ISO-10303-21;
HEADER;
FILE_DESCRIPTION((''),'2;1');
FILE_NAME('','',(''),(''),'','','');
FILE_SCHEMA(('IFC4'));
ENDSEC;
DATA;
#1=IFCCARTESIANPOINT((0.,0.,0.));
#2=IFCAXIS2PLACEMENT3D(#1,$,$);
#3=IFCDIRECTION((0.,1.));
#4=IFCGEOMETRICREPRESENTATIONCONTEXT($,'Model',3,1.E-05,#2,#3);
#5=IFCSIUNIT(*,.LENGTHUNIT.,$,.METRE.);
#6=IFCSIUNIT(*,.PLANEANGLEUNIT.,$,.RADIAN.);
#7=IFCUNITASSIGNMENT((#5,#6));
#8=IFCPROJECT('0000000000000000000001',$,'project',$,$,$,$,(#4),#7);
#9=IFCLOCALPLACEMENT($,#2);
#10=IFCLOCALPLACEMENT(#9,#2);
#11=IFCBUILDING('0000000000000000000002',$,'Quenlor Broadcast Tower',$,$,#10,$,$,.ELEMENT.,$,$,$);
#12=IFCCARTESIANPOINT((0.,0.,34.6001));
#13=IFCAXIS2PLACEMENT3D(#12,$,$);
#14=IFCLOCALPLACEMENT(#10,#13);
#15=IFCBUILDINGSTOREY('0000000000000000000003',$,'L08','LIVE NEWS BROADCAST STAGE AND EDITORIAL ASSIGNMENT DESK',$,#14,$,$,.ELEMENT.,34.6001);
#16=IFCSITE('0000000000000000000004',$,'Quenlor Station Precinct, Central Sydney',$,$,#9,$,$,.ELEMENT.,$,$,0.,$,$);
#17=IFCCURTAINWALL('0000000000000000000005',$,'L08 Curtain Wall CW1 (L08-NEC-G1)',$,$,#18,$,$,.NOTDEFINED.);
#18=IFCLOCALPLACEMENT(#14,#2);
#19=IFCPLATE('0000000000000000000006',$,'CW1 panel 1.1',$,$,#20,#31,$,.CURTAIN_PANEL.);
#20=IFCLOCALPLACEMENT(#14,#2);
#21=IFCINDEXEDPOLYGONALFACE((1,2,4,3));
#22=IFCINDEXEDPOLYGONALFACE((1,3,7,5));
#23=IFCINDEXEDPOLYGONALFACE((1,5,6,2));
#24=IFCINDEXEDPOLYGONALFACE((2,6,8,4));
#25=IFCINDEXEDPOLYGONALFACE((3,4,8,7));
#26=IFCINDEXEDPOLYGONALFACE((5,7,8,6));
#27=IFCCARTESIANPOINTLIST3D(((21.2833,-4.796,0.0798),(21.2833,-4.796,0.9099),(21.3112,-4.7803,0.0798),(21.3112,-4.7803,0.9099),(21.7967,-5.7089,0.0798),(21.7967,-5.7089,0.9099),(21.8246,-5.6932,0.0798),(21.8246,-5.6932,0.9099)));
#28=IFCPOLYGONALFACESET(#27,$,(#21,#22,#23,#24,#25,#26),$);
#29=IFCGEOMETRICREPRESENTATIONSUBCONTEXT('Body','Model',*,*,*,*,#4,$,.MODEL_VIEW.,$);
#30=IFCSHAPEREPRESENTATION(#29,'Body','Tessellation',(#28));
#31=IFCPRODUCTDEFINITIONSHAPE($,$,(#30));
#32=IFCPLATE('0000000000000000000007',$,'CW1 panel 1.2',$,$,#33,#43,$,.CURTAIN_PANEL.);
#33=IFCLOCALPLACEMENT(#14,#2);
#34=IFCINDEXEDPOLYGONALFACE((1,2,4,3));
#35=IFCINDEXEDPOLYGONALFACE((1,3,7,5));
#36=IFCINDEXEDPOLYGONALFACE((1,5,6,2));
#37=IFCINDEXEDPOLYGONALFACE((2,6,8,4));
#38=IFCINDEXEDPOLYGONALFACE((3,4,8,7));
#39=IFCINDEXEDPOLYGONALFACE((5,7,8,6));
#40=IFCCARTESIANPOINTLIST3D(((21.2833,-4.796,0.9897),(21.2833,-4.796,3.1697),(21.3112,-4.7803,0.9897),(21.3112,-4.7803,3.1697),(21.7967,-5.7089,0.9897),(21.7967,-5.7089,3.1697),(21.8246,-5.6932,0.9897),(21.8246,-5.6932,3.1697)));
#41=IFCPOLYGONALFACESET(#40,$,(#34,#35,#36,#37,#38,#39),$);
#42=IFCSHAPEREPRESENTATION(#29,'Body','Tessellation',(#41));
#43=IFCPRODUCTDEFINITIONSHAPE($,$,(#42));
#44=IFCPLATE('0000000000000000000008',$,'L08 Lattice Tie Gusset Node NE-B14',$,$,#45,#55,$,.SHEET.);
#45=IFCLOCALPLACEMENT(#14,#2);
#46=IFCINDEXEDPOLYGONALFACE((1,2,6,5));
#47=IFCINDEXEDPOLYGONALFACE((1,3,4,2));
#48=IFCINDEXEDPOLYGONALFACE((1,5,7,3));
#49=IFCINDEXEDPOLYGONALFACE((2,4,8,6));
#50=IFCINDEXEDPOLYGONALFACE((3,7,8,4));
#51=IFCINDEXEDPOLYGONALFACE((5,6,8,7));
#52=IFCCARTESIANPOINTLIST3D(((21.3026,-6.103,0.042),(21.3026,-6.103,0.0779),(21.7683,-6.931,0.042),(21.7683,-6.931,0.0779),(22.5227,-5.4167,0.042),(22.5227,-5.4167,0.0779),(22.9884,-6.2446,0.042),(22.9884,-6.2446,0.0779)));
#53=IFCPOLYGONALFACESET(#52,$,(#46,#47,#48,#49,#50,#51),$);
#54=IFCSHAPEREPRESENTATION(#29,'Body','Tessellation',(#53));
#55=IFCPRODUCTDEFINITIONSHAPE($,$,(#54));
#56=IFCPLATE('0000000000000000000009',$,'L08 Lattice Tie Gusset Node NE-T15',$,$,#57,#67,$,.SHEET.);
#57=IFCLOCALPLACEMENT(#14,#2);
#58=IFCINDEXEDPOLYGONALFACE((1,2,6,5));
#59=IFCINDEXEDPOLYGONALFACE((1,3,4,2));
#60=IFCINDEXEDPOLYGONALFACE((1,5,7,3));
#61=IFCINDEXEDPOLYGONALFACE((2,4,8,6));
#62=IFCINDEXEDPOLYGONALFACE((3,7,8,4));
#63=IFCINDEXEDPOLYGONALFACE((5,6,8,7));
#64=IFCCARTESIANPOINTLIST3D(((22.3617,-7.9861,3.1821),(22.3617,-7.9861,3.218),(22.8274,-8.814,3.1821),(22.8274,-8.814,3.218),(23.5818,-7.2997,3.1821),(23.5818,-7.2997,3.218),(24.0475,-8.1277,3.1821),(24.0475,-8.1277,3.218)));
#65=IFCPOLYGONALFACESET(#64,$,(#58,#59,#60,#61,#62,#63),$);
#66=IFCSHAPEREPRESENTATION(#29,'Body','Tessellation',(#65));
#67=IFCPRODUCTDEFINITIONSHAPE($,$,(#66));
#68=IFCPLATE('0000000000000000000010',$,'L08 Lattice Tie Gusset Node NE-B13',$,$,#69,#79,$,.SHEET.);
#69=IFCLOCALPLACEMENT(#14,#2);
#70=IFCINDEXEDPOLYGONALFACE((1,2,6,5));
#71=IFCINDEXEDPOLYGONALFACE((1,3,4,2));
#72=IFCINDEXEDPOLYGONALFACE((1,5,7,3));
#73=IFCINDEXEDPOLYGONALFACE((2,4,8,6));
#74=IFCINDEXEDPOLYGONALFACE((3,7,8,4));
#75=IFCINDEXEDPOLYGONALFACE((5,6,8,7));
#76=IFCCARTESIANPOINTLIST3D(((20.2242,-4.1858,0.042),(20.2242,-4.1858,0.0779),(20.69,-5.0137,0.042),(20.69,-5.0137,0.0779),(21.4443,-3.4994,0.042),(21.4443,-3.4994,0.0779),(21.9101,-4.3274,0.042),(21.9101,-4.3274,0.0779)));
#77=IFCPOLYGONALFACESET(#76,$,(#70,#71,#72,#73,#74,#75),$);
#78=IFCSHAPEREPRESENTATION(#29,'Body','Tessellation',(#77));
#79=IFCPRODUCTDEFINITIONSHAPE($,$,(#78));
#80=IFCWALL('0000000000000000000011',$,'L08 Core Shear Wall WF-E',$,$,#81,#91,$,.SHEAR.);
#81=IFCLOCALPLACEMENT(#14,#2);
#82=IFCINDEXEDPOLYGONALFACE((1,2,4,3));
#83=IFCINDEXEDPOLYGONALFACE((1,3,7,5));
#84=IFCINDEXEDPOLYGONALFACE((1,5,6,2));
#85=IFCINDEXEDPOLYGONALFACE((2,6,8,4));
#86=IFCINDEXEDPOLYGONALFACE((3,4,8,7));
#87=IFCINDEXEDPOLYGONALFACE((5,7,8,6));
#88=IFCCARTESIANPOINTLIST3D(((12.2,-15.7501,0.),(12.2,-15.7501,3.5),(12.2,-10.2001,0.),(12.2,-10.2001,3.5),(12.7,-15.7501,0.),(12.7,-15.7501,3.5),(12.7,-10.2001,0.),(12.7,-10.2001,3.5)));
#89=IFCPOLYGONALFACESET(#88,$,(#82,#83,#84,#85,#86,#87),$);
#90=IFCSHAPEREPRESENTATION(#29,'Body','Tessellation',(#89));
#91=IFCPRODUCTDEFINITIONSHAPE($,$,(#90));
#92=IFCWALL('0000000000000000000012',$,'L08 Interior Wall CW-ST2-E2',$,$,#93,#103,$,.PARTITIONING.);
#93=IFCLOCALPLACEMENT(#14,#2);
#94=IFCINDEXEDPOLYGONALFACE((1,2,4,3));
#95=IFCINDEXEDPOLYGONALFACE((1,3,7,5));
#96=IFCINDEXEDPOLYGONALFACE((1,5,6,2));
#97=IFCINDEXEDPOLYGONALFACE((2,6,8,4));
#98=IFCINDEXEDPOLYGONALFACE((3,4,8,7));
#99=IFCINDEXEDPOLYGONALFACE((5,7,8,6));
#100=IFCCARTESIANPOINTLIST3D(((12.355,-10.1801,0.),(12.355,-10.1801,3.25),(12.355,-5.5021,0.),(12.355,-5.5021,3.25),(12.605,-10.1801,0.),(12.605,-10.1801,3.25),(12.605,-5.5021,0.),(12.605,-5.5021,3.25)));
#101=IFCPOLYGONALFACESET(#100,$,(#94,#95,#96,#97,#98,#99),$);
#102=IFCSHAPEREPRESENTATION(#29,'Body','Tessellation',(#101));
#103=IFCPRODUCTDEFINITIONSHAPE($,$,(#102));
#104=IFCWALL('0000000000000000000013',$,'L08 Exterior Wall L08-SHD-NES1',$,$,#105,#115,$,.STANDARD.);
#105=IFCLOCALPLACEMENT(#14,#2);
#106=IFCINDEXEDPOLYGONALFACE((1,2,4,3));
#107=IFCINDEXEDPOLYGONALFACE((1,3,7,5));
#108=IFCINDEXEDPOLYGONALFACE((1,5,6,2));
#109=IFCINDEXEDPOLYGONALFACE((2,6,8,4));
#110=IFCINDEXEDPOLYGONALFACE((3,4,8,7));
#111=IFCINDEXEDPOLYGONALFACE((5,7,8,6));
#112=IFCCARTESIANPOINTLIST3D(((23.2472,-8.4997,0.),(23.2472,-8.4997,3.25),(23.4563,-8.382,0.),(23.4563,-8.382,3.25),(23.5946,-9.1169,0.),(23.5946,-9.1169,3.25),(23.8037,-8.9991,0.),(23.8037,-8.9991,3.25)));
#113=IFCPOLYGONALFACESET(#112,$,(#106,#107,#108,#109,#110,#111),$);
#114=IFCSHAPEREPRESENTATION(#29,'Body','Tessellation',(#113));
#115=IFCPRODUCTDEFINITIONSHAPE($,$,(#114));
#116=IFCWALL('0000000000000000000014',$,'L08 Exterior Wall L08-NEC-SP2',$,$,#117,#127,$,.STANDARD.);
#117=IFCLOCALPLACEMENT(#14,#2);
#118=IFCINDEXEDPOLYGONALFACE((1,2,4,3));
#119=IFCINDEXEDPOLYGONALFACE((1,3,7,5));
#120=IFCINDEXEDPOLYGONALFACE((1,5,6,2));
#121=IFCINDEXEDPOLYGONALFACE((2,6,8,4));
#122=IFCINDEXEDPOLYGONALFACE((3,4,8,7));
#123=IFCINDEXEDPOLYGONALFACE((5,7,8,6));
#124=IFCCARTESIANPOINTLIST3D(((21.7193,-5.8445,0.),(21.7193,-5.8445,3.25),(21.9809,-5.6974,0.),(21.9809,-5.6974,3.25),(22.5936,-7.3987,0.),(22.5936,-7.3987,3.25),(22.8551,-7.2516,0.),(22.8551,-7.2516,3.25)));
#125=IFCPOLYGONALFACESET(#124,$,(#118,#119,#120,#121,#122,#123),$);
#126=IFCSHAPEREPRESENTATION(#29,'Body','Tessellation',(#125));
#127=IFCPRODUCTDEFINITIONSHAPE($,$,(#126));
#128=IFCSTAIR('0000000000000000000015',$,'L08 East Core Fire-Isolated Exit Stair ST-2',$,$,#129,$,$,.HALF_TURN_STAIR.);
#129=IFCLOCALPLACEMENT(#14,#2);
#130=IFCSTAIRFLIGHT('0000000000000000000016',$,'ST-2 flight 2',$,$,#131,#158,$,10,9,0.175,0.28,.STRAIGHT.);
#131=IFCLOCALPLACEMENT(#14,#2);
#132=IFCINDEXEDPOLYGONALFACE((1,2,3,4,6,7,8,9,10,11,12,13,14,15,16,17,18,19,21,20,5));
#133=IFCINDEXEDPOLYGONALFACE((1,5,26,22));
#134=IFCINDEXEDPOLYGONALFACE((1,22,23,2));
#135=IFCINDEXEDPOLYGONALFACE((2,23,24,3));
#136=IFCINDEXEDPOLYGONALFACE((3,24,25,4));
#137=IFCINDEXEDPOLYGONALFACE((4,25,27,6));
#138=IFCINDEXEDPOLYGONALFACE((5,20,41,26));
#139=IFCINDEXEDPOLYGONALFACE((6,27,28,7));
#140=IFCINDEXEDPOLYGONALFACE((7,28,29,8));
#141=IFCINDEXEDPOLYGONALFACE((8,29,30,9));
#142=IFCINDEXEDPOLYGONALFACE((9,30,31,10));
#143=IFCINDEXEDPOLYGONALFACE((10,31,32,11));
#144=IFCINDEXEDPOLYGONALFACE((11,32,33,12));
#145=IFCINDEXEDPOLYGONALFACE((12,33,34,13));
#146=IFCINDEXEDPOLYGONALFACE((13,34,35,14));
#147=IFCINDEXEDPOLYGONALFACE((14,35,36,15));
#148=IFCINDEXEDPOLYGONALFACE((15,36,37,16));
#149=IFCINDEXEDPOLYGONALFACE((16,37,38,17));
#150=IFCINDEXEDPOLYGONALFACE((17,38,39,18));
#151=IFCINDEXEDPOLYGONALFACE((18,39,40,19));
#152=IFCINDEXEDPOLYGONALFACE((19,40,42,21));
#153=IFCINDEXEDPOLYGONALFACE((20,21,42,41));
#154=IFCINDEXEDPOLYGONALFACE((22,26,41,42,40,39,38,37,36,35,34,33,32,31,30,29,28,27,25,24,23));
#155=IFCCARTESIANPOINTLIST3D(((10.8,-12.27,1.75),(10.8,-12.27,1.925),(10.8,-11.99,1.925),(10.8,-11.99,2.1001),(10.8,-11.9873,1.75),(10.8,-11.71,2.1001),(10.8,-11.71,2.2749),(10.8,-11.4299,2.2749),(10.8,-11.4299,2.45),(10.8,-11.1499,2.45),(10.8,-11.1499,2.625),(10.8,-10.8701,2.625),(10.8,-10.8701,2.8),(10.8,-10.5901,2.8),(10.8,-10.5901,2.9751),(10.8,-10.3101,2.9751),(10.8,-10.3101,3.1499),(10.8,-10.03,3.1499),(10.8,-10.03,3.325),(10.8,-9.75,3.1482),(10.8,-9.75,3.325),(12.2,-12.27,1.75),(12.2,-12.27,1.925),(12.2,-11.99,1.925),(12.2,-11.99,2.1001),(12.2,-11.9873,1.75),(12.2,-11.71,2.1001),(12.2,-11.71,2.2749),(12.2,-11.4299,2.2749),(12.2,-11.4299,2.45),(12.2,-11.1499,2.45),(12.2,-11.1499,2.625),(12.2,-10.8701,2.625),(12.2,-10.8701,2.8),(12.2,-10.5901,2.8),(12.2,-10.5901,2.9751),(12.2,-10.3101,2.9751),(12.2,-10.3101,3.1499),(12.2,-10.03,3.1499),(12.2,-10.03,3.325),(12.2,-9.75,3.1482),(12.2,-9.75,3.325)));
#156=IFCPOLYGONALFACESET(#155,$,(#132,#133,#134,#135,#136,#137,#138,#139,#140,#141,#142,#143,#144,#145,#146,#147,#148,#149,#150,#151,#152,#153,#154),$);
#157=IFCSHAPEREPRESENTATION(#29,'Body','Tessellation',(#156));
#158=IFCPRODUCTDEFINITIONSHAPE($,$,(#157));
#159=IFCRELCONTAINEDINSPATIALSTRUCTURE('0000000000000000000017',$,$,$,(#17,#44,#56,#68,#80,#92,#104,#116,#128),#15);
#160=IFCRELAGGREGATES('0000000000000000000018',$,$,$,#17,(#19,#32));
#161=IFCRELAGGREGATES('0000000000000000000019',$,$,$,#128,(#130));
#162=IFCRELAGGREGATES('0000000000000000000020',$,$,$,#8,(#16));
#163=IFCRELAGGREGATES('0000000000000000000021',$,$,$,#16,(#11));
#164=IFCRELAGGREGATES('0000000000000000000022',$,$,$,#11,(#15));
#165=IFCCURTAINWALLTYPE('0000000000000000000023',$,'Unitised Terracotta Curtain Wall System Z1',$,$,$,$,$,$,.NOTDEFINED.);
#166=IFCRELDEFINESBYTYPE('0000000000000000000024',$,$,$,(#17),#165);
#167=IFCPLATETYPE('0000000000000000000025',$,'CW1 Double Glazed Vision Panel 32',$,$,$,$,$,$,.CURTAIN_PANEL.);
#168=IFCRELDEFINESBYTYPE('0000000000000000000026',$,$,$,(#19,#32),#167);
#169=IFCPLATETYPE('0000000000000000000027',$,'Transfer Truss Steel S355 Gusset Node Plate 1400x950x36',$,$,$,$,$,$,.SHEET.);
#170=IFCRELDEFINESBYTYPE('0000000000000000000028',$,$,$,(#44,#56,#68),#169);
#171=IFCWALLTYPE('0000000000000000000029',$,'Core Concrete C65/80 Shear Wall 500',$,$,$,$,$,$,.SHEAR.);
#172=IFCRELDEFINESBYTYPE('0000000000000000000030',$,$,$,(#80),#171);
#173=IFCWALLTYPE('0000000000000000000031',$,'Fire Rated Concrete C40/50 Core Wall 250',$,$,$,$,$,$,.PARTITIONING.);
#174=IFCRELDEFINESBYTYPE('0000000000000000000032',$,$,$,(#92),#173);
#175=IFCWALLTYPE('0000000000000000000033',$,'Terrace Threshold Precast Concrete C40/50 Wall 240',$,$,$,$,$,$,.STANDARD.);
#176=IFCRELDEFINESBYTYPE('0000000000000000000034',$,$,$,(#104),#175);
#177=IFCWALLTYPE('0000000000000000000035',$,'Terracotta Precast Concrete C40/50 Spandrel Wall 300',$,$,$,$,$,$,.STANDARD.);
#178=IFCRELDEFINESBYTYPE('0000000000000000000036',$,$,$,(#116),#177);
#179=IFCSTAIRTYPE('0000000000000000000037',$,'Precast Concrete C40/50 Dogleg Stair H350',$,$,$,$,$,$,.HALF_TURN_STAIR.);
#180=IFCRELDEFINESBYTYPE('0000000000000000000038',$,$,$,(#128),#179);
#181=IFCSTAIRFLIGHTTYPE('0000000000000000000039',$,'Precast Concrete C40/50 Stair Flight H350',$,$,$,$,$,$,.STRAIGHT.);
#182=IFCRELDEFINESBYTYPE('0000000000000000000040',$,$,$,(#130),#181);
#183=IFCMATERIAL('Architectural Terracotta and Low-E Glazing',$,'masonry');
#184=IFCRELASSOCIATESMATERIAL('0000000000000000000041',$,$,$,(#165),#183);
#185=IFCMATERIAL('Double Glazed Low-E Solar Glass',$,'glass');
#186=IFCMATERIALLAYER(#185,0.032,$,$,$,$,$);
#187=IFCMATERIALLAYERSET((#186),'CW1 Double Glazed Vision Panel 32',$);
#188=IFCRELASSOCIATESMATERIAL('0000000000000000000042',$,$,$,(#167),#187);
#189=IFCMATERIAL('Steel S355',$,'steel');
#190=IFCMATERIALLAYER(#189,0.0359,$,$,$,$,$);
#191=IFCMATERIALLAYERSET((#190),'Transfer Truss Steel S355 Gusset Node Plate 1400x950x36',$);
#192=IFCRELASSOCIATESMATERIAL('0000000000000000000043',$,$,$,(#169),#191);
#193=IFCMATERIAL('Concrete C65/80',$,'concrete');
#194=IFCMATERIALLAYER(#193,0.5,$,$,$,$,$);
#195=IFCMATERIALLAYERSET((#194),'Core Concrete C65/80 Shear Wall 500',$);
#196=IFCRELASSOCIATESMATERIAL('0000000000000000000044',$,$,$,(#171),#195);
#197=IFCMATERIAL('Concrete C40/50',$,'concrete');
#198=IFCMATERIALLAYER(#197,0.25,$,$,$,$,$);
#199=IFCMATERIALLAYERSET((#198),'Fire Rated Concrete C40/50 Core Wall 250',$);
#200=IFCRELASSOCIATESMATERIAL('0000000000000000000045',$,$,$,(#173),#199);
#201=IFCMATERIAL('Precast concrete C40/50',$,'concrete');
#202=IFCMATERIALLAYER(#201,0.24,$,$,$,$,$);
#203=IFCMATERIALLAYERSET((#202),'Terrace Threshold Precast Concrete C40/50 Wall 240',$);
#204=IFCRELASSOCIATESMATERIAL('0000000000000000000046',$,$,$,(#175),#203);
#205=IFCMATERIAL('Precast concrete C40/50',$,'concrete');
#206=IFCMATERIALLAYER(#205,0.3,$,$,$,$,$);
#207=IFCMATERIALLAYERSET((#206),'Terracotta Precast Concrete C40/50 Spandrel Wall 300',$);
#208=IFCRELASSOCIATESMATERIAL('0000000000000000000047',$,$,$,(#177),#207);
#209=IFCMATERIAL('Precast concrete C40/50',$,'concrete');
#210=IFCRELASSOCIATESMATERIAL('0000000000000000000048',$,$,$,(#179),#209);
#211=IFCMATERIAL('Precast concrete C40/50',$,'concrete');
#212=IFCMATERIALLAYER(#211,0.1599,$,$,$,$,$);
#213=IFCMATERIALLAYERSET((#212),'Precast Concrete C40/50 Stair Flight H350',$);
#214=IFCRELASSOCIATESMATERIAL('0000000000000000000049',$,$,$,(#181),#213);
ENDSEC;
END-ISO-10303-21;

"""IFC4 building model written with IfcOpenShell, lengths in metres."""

from ifc_helpers import new_model, si_unit, direction, frame, frame_2d, origin, origin_2d, place, context, subcontext, project, spatial, polyline, rectangle, outline, extrude, material, layer, layer_set, type_object, element, aggregate, save


model = new_model("IFC4")

# Units and contexts
model_context = context("Model", 3, precision=1e-05, world=origin(), true_north=direction((0.0, 1.0)))
body_context = subcontext(model_context, "Body", "Model", "MODEL_VIEW")
ifc_project = project(units=[si_unit("LENGTHUNIT", "METRE"), si_unit("PLANEANGLEUNIT", "RADIAN")], contexts=[model_context])

# Site, building, storey
site_placement = place(None, origin())
site = spatial("IfcSite", under=ifc_project, at=site_placement, Name="Quenlor Station Precinct, Central Sydney", CompositionType="ELEMENT", RefElevation=0.0)
building_placement = place(site_placement, origin())
building = spatial("IfcBuilding", under=site, at=building_placement, Name="Quenlor Broadcast Tower", CompositionType="ELEMENT")
storey_placement = place(building_placement, frame((0.0, 0.0, 34.6001)))
storey = spatial("IfcBuildingStorey", under=building, at=storey_placement, Name="L08", Description="LIVE NEWS BROADCAST STAGE AND EDITORIAL ASSIGNMENT DESK", CompositionType="ELEMENT", Elevation=34.6001)

# Curtain wall
ifc_material_1 = material(Name="Architectural Terracotta and Low-E Glazing", Category="masonry")
curtain_wall_type = type_object("IfcCurtainWallType", Name="Unitised Terracotta Curtain Wall System Z1", PredefinedType="NOTDEFINED", material=ifc_material_1)
curtain_wall_placement = place(storey_placement, origin())
curtain_wall = element("IfcCurtainWall", 1, at=curtain_wall_placement, inside=storey, type_object=curtain_wall_type, Name="L08 Curtain Wall CW1 (L08-NEC-G1)", PredefinedType="NOTDEFINED")

# Plates
ifc_material_2 = material(Name="Double Glazed Low-E Solar Glass", Category="glass")
ifc_layer_1 = layer(ifc_material_2, 0.032)
ifc_layer_set_1 = layer_set([ifc_layer_1], Name="CW1 Double Glazed Vision Panel 32")
plate_type_1 = type_object("IfcPlateType", Name="CW1 Double Glazed Vision Panel 32", PredefinedType="CURTAIN_PANEL", material=ifc_layer_set_1)
plate_1_placement = place(storey_placement, frame((21.554, -5.2446, 0.0798), z_axis=(0.0, 0.0, 1.0), x_axis=(0.490214, -0.871602, 0.0)))
plate_1 = element("IfcPlate", 2, at=plate_1_placement, type_object=plate_type_1, Name="CW1 panel 1.1", PredefinedType="CURTAIN_PANEL", context=body_context, shape_type="SweptSolid", body=[
    extrude(rectangle(XDim=1.0474, YDim=0.032, at=origin_2d()), origin(), (0.0, 0.0, 1.0), 0.8301),
])
plate_2_placement = place(storey_placement, frame((21.554, -5.2446, 0.9897), z_axis=(0.0, 0.0, 1.0), x_axis=(0.490214, -0.871602, 0.0)))
plate_2 = element("IfcPlate", 3, at=plate_2_placement, type_object=plate_type_1, Name="CW1 panel 1.2", PredefinedType="CURTAIN_PANEL", context=body_context, shape_type="SweptSolid", body=[
    extrude(rectangle(XDim=1.0474, YDim=0.032, at=origin_2d()), origin(), (0.0, 0.0, 1.0), 2.1799),
])
aggregate(curtain_wall, [plate_1, plate_2])

# Plates
ifc_material_3 = material(Name="Steel S355", Category="steel")
ifc_layer_2 = layer(ifc_material_3, 0.0359)
ifc_layer_set_2 = layer_set([ifc_layer_2], Name="Transfer Truss Steel S355 Gusset Node Plate 1400x950x36")
plate_type_2 = type_object("IfcPlateType", Name="Transfer Truss Steel S355 Gusset Node Plate 1400x950x36", PredefinedType="SHEET", material=ifc_layer_set_2)
for number, where, z_axis, x_axis, name in (
    (4, (22.1455, -6.1738, 0.042), (0.0, 0.0, 1.0), (0.871556, 0.490295, 0.0), "L08 Lattice Tie Gusset Node NE-B14"),
    (5, (23.2046, -8.0569, 3.1821), (0.0, 0.0, 1.0), (0.871556, 0.490295, 0.0), "L08 Lattice Tie Gusset Node NE-T15"),
    (6, (21.0671, -4.2566, 0.042), (0.0, 0.0, 1.0), (0.871556, 0.490295, 0.0), "L08 Lattice Tie Gusset Node NE-B13"),
):
    element("IfcPlate", number, at=place(storey_placement, frame(where, z_axis=z_axis, x_axis=x_axis)), inside=storey, type_object=plate_type_2, Name=name, PredefinedType="SHEET", context=body_context, shape_type="SweptSolid", body=[
        extrude(rectangle(XDim=1.3999, YDim=0.95, at=origin_2d()), origin(), (0.0, 0.0, 1.0), 0.0359),
    ])

# Walls
ifc_material_4 = material(Name="Concrete C65/80", Category="concrete")
ifc_layer_3 = layer(ifc_material_4, 0.5)
ifc_layer_set_3 = layer_set([ifc_layer_3], Name="Core Concrete C65/80 Shear Wall 500")
wall_type_1 = type_object("IfcWallType", Name="Core Concrete C65/80 Shear Wall 500", PredefinedType="SHEAR", material=ifc_layer_set_3)
wall_1_placement = place(storey_placement, frame((12.45, -15.75, 0.0), z_axis=(0.0, 0.0, 1.0), x_axis=(0.0, 1.0, 0.0)))
element("IfcWall", 7, at=wall_1_placement, inside=storey, type_object=wall_type_1, Name="L08 Core Shear Wall WF-E", PredefinedType="SHEAR", context=body_context, shape_type="SweptSolid", body=[
    extrude(rectangle(XDim=5.55, YDim=0.5, at=frame_2d((2.7749, 0.0))), origin(), (0.0, 0.0, 1.0), 3.5),
])
ifc_material_5 = material(Name="Concrete C40/50", Category="concrete")
ifc_layer_4 = layer(ifc_material_5, 0.25)
ifc_layer_set_4 = layer_set([ifc_layer_4], Name="Fire Rated Concrete C40/50 Core Wall 250")
wall_type_2 = type_object("IfcWallType", Name="Fire Rated Concrete C40/50 Core Wall 250", PredefinedType="PARTITIONING", material=ifc_layer_set_4)
wall_2_placement = place(storey_placement, frame((12.48, -10.1799, 0.0), z_axis=(0.0, 0.0, 1.0), x_axis=(0.0, 1.0, 0.0)))
element("IfcWall", 8, at=wall_2_placement, inside=storey, type_object=wall_type_2, Name="L08 Interior Wall CW-ST2-E2", PredefinedType="PARTITIONING", context=body_context, shape_type="SweptSolid", body=[
    extrude(rectangle(XDim=4.678, YDim=0.25, at=frame_2d((2.3389, 0.0))), origin(), (0.0, 0.0, 1.0), 3.25),
])
ifc_material_6 = material(Name="Precast concrete C40/50", Category="concrete")
ifc_layer_5 = layer(ifc_material_6, 0.24)
ifc_layer_set_5 = layer_set([ifc_layer_5], Name="Terrace Threshold Precast Concrete C40/50 Wall 240")
wall_type_3 = type_object("IfcWallType", Name="Terrace Threshold Precast Concrete C40/50 Wall 240", PredefinedType="STANDARD", material=ifc_layer_set_5)
wall_3_placement = place(storey_placement, frame((23.3518, -8.4409, 0.0), z_axis=(0.0, 0.0, 1.0), x_axis=(0.490523, -0.871428, 0.0)))
element("IfcWall", 9, at=wall_3_placement, inside=storey, type_object=wall_type_3, Name="L08 Exterior Wall L08-SHD-NES1", PredefinedType="STANDARD", context=body_context, shape_type="SweptSolid", body=[
    extrude(rectangle(XDim=0.7083, YDim=0.24, at=frame_2d((0.354, 0.0))), origin(), (0.0, 0.0, 1.0), 3.25),
])
ifc_material_7 = material(Name="Precast concrete C40/50", Category="concrete")
ifc_layer_6 = layer(ifc_material_7, 0.3)
ifc_layer_set_6 = layer_set([ifc_layer_6], Name="Terracotta Precast Concrete C40/50 Spandrel Wall 300")
wall_type_4 = type_object("IfcWallType", Name="Terracotta Precast Concrete C40/50 Spandrel Wall 300", PredefinedType="STANDARD", material=ifc_layer_set_6)
wall_4_placement = place(storey_placement, frame((21.8501, -5.771, 0.0), z_axis=(0.0, 0.0, 1.0), x_axis=(0.490274, -0.871568, 0.0)))
element("IfcWall", 10, at=wall_4_placement, inside=storey, type_object=wall_type_4, Name="L08 Exterior Wall L08-NEC-SP2", PredefinedType="STANDARD", context=body_context, shape_type="SweptSolid", body=[
    extrude(rectangle(XDim=1.7832, YDim=0.3, at=frame_2d((0.8916, 0.0))), origin(), (0.0, 0.0, 1.0), 3.25),
])

# Stair, stair flight
ifc_material_8 = material(Name="Precast concrete C40/50", Category="concrete")
stair_type = type_object("IfcStairType", Name="Precast Concrete C40/50 Dogleg Stair H350", PredefinedType="HALF_TURN_STAIR", material=ifc_material_8)
stair_placement = place(storey_placement, origin())
stair = element("IfcStair", 11, at=stair_placement, inside=storey, type_object=stair_type, Name="L08 East Core Fire-Isolated Exit Stair ST-2", PredefinedType="HALF_TURN_STAIR")
ifc_material_9 = material(Name="Precast concrete C40/50", Category="concrete")
ifc_layer_7 = layer(ifc_material_9, 0.1599)
ifc_layer_set_7 = layer_set([ifc_layer_7], Name="Precast Concrete C40/50 Stair Flight H350")
stair_flight_type = type_object("IfcStairFlightType", Name="Precast Concrete C40/50 Stair Flight H350", PredefinedType="STRAIGHT", material=ifc_layer_set_7)
stair_flight_placement = place(storey_placement, frame((11.5, -12.27, 1.75), z_axis=(0.0, 0.0, 1.0), x_axis=(0.0, 1.0, 0.0)))
stair_flight = element("IfcStairFlight", 12, at=stair_flight_placement, type_object=stair_flight_type, Name="ST-2 flight 2", NumberOfRisers=10, NumberOfTreads=9, PredefinedType="STRAIGHT", RiserHeight=0.175, TreadLength=0.28, context=body_context, shape_type="SweptSolid", body=[
    extrude(outline(polyline([(0.0, 0.0), (0.0, 0.175), (0.28, 0.175), (0.28, 0.3501), (0.5601, 0.3501), (0.5601, 0.5249), (0.8401, 0.5249), (0.8401, 0.7), (1.1201, 0.7), (1.1201, 0.875), (1.3999, 0.875), (1.3999, 1.05), (1.6799, 1.05), (1.6799, 1.2251), (1.96, 1.2251), (1.96, 1.3999), (2.24, 1.3999), (2.24, 1.575), (2.52, 1.575), (2.52, 1.75), (2.52, 1.3982), (0.2827, 0.0), (0.0, 0.0)])), frame((0.0, 0.7, 0.0), z_axis=(0.0, -1.0, 0.0), x_axis=(1.0, 0.0, 0.0)), (0.0, 0.0, 1.0), 1.3999),
])
aggregate(stair, [stair_flight])

save(model, "model.ifc")
